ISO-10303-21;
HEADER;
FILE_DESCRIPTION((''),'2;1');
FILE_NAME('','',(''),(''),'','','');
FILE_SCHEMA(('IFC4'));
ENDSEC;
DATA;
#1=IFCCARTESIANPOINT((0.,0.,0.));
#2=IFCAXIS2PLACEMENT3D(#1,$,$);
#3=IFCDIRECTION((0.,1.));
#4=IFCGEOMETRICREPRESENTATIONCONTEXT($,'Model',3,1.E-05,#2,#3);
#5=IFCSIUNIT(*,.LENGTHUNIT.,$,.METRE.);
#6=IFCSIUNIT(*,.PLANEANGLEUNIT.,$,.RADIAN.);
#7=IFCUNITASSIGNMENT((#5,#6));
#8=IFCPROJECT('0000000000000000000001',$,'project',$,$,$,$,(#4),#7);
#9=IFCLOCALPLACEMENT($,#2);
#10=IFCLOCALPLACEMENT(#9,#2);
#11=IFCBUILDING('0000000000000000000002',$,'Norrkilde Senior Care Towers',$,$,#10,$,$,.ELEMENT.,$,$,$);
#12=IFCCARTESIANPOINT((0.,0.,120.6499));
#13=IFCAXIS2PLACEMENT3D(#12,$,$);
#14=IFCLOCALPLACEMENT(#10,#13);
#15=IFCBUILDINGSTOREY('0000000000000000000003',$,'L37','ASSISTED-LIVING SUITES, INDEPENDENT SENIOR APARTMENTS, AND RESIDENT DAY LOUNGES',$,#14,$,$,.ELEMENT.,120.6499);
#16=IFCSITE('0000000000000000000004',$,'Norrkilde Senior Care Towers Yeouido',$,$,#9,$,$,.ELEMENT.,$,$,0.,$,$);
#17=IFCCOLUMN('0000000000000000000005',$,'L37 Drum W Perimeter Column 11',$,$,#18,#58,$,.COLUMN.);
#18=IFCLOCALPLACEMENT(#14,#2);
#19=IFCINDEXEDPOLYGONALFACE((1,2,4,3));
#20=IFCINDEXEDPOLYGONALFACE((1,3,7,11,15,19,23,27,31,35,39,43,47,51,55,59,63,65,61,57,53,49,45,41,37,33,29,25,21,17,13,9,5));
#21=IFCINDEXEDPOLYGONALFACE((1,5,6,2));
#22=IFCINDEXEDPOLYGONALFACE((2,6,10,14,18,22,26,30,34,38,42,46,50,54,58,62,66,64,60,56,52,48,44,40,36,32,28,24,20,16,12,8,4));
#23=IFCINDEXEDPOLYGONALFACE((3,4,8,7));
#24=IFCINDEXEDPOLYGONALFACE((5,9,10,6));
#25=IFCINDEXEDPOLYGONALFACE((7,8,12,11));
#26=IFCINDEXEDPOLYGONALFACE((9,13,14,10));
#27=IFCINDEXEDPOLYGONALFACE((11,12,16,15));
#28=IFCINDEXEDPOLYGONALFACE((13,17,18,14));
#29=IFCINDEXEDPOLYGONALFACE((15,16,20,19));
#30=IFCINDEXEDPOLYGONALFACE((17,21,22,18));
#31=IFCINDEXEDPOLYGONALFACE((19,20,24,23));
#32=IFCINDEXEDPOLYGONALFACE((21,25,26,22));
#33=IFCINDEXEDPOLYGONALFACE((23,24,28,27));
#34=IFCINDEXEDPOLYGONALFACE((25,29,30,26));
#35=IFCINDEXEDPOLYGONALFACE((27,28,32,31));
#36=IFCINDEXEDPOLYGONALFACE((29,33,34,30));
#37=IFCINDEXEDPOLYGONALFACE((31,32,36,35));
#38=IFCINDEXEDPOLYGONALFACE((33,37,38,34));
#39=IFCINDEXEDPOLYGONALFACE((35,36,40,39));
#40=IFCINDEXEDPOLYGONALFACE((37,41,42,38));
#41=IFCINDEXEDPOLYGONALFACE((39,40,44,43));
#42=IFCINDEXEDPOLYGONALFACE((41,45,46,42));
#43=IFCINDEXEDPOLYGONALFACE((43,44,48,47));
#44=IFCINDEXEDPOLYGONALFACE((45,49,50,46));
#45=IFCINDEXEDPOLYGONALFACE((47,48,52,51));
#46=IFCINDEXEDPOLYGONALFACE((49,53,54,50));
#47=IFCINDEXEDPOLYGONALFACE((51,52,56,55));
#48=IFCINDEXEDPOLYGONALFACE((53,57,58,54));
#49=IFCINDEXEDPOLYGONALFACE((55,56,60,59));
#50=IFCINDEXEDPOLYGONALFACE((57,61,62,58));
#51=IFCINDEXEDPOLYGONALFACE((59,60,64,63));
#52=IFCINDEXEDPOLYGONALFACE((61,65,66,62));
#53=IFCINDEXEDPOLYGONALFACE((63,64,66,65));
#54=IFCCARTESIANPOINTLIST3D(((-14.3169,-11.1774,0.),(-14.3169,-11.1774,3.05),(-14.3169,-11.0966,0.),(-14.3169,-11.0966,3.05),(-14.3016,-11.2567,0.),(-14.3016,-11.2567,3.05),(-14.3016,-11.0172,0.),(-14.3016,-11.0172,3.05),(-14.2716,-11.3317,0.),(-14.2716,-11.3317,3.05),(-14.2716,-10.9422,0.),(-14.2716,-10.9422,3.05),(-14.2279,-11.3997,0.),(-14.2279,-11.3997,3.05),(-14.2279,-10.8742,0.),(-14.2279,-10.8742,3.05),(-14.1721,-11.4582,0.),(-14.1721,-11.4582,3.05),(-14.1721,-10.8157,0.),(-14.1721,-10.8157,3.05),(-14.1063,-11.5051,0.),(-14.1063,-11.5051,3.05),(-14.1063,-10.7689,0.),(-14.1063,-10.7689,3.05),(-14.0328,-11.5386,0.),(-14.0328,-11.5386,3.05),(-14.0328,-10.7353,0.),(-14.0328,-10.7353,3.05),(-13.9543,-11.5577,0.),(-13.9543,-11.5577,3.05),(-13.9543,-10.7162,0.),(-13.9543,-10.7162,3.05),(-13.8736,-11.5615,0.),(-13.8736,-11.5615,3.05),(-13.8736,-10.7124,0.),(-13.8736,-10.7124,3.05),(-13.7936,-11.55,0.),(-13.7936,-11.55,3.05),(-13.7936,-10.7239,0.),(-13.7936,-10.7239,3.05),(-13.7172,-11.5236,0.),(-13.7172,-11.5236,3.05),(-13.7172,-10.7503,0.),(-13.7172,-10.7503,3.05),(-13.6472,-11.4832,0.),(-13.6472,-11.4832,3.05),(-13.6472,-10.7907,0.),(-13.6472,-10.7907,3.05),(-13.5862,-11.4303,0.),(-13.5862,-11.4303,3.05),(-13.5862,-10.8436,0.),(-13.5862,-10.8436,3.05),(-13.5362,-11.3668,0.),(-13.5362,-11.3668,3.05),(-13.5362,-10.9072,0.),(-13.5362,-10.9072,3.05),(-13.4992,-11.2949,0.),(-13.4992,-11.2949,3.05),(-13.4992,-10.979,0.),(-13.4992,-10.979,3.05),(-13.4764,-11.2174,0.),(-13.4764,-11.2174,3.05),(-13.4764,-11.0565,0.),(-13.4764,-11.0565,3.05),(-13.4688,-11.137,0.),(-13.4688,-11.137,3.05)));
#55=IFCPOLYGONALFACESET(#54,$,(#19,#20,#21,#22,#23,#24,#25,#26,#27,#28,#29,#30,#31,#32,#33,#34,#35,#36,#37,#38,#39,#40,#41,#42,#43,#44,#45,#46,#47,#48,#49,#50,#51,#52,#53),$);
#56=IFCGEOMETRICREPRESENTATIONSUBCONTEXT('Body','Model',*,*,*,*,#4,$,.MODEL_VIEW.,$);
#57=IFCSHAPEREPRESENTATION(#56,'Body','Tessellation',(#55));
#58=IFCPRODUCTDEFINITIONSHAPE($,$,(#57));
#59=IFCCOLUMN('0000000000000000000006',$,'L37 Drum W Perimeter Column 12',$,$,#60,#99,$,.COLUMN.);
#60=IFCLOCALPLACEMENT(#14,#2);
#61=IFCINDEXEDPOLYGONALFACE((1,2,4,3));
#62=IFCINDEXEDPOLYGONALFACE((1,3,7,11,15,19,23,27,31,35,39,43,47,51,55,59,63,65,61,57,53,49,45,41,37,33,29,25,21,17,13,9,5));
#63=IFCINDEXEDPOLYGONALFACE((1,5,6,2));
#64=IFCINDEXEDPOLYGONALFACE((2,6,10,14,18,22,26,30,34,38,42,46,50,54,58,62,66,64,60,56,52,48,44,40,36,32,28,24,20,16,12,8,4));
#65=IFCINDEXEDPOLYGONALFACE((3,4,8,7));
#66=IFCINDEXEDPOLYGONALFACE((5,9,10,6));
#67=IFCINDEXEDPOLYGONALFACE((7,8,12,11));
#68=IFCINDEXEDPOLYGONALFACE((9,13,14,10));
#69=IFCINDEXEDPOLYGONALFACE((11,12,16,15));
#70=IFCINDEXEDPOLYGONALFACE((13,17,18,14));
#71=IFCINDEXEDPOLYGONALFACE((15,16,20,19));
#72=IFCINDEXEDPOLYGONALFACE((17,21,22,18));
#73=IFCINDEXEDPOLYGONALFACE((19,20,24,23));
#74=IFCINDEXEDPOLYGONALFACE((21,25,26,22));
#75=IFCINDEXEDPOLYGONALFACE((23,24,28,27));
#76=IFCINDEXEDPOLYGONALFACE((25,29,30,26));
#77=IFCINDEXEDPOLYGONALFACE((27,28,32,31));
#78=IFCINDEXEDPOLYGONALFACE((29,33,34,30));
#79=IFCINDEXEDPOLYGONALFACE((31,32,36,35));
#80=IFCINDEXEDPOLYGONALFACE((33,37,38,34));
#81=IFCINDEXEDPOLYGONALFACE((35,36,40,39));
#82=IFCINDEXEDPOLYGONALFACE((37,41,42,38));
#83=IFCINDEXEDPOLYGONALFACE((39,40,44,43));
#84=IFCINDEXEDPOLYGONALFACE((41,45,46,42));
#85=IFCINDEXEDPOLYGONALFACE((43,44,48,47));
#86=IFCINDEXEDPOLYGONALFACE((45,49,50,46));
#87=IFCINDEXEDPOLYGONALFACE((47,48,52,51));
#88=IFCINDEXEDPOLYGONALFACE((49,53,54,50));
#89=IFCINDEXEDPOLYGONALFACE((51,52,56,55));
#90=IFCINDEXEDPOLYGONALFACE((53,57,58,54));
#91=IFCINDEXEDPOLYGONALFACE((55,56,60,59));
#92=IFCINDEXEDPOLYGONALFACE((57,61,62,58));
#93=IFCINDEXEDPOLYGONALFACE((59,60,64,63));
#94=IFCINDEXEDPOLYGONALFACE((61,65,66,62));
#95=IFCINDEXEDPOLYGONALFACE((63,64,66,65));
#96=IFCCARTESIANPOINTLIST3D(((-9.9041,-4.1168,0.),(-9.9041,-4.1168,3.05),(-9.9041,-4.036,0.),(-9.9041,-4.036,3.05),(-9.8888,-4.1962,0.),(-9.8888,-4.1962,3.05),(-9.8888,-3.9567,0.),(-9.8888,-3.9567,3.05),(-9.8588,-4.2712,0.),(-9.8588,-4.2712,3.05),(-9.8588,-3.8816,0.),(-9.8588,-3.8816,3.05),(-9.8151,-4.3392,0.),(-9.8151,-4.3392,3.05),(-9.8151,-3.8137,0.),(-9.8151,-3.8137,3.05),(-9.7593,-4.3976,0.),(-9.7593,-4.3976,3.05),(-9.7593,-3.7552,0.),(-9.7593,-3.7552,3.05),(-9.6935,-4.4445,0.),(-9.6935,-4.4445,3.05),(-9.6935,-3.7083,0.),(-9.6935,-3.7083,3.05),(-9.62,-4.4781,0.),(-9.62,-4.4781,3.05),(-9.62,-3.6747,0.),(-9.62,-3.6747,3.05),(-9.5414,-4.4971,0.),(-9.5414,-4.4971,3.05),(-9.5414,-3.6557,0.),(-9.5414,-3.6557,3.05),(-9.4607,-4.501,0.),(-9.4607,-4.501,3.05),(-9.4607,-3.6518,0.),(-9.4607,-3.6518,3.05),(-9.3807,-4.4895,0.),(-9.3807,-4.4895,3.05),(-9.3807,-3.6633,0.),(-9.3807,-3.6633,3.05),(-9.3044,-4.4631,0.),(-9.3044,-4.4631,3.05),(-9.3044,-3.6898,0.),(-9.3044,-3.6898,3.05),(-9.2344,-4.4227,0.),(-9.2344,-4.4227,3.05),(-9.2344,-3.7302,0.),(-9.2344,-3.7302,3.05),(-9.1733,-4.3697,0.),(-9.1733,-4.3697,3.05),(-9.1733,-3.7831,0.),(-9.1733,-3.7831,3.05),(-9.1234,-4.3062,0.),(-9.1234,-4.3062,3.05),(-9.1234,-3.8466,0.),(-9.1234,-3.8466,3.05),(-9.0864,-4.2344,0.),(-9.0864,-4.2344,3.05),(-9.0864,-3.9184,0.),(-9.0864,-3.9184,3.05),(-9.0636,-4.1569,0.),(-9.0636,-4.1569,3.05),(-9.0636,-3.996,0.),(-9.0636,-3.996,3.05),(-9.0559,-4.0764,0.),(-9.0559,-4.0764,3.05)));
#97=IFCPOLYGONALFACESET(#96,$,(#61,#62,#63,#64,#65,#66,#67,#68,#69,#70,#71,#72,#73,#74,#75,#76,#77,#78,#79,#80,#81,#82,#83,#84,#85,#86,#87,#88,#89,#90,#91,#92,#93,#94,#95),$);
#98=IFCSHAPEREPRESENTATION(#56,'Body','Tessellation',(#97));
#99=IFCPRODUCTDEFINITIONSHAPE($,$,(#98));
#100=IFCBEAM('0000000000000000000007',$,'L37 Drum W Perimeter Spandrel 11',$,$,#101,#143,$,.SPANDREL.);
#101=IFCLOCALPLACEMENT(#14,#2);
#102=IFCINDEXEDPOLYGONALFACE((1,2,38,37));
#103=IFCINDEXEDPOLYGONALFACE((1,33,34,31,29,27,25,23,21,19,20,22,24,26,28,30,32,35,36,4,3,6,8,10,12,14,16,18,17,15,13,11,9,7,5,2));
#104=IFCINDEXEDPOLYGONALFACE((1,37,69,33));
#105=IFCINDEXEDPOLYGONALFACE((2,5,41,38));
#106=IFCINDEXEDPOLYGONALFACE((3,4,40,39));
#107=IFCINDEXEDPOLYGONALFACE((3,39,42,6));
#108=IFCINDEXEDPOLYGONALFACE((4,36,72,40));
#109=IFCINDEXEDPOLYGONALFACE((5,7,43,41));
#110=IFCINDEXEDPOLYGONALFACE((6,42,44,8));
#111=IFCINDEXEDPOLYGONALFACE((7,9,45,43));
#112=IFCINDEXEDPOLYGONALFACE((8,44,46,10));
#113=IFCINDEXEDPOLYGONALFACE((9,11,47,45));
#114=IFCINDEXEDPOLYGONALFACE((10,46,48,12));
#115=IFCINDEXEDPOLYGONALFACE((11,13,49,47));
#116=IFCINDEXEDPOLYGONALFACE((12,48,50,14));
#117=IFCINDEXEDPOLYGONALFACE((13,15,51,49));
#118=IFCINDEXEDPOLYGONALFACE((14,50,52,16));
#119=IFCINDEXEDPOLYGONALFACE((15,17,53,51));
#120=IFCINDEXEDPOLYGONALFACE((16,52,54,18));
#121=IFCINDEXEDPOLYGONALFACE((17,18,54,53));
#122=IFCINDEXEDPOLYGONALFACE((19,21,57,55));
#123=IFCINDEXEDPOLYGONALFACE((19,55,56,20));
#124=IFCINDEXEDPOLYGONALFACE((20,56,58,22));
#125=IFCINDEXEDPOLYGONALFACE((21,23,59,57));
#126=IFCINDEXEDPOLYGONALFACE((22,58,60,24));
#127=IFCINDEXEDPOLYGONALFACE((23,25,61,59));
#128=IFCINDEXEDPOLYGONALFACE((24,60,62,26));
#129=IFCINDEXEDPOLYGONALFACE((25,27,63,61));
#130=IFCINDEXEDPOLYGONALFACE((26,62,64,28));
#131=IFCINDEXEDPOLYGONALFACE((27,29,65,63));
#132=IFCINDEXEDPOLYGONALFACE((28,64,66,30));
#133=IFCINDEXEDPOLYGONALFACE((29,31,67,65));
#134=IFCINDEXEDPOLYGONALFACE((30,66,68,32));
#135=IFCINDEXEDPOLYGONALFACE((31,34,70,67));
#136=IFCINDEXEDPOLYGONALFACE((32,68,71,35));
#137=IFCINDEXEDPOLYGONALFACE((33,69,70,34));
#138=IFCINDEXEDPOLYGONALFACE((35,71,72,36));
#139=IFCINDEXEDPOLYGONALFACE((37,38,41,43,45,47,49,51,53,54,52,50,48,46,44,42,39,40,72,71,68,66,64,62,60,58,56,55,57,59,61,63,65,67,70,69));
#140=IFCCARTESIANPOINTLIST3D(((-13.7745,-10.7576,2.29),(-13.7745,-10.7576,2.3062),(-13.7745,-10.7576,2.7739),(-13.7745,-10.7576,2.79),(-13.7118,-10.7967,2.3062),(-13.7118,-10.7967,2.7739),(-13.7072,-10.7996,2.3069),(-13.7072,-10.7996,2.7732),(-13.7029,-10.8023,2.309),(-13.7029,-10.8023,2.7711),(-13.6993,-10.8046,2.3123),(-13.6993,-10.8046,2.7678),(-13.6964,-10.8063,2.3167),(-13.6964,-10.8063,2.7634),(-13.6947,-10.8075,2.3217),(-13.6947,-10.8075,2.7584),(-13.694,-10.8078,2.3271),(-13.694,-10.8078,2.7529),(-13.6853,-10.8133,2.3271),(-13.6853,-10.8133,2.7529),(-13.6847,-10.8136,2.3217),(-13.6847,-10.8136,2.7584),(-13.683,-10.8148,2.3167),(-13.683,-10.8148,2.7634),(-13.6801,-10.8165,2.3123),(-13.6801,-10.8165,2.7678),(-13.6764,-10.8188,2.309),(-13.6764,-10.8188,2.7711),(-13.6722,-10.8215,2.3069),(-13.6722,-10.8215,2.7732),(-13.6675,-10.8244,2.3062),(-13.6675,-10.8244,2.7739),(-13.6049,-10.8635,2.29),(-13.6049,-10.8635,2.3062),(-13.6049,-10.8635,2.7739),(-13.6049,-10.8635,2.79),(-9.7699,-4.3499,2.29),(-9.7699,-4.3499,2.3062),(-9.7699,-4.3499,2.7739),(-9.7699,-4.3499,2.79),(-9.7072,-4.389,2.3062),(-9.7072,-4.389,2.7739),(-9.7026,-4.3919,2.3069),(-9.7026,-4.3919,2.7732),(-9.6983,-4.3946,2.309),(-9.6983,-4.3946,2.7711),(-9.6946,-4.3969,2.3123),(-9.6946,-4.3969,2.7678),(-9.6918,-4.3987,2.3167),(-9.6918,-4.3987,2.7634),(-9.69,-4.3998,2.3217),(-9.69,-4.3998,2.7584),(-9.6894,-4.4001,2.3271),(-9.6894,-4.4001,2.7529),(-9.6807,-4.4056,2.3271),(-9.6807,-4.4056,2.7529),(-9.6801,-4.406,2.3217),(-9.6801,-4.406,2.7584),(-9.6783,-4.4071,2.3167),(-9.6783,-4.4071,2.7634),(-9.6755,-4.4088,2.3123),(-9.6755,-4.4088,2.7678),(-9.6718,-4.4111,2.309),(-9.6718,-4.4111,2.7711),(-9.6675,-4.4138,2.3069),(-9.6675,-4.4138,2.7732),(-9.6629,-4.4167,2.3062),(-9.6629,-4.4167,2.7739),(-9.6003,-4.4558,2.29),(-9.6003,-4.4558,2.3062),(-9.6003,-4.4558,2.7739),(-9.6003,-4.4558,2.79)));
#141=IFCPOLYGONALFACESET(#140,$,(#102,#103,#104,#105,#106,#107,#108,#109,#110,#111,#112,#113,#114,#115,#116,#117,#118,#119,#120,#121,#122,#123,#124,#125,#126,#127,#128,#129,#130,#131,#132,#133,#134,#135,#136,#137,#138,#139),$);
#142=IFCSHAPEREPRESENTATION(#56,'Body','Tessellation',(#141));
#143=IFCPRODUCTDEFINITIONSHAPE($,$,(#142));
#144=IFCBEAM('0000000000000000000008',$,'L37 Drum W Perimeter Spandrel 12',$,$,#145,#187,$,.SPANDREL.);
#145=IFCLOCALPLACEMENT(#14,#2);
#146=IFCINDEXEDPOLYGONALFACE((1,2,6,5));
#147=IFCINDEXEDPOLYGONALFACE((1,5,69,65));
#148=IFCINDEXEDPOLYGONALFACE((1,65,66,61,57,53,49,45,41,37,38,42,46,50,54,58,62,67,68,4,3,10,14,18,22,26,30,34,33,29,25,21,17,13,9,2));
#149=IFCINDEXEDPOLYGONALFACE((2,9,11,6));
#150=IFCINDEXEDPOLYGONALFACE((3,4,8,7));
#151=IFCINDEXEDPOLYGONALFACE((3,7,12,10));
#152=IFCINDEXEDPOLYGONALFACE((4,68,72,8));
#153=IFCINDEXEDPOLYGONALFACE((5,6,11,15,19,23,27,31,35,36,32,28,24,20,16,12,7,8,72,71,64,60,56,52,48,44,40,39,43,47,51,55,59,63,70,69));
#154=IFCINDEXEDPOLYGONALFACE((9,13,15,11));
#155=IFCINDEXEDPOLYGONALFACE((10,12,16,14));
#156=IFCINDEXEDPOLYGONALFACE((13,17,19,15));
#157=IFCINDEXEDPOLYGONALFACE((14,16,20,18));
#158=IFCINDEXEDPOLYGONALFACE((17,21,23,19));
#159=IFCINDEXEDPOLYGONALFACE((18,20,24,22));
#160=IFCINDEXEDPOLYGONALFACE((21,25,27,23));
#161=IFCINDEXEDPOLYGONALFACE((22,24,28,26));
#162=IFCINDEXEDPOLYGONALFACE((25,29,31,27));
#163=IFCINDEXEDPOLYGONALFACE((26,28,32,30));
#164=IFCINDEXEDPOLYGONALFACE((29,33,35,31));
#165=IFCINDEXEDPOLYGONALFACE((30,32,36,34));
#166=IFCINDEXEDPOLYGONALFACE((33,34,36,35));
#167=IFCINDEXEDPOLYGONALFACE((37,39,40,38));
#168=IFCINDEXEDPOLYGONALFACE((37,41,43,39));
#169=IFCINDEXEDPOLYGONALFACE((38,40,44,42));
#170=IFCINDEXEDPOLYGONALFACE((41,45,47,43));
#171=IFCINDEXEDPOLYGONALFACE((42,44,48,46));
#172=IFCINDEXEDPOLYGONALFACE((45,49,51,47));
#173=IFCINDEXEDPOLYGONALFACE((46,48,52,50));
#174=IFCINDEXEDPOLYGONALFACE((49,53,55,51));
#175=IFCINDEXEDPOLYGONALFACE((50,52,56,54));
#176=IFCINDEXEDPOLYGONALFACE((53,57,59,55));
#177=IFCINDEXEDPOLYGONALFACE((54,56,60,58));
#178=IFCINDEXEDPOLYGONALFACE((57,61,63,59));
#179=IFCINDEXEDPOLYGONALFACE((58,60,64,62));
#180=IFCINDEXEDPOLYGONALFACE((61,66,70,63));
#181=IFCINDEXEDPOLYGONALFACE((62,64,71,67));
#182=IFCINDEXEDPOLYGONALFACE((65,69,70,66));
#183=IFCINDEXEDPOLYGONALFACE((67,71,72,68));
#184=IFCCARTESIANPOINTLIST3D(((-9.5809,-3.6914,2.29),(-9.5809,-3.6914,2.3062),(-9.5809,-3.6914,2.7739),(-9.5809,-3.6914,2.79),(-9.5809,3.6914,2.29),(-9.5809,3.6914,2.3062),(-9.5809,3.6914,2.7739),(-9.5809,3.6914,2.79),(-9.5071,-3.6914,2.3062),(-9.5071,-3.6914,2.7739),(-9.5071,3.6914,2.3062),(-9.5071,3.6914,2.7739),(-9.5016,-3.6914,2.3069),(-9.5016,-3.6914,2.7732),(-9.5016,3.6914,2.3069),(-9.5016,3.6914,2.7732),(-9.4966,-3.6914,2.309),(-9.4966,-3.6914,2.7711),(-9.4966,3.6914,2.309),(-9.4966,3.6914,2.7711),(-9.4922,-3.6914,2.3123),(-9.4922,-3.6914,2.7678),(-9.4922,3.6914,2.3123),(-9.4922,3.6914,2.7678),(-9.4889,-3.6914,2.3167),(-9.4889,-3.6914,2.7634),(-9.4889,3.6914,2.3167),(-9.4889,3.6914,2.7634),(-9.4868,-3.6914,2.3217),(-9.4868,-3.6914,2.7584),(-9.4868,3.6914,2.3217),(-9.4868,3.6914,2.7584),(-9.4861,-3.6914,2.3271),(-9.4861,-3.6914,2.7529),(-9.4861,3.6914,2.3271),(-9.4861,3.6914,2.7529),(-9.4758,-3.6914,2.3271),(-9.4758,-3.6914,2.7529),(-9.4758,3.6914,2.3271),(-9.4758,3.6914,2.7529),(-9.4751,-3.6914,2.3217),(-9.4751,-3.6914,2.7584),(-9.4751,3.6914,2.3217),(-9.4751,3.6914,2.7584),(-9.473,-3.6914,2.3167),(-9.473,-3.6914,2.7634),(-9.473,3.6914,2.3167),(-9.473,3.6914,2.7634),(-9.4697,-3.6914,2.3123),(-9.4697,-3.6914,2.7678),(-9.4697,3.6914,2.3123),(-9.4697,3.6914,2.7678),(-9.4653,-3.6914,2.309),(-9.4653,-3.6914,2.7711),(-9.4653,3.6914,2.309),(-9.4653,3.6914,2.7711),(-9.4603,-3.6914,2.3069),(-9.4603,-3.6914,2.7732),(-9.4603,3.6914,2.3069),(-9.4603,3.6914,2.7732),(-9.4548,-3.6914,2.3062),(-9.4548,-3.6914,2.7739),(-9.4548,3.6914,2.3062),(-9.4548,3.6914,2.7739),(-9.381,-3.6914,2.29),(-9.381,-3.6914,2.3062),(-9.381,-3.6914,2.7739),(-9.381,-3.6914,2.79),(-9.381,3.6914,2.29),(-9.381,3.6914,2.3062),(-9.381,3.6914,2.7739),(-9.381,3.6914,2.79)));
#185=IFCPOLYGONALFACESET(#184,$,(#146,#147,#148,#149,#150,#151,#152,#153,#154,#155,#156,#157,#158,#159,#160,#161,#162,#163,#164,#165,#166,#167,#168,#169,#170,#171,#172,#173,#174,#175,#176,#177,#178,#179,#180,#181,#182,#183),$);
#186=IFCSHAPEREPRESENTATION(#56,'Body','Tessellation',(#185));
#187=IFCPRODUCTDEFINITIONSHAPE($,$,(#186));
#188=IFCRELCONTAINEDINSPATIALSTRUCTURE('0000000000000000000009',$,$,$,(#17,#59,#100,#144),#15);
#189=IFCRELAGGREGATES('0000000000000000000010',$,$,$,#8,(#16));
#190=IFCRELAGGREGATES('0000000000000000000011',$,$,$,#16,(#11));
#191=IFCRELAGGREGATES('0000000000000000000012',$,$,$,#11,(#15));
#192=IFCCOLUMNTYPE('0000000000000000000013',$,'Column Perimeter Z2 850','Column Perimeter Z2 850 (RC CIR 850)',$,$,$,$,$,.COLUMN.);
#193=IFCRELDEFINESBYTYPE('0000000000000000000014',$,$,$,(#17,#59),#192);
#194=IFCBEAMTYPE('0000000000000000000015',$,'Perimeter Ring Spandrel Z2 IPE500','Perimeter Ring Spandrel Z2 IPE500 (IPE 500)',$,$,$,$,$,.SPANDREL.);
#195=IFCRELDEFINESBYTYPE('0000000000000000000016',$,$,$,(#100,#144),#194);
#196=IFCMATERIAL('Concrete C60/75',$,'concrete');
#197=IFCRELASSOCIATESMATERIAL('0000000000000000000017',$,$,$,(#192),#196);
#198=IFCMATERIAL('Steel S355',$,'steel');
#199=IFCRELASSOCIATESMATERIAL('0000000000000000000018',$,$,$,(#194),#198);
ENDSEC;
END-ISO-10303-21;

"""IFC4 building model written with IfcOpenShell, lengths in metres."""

from ifc_helpers import new_model, si_unit, direction, frame, origin, origin_2d, place, context, subcontext, project, spatial, circle, i_section, extrude, source, transform, mapped, material, material_profile, profile_set, type_object, type_shapes, element, save


model = new_model("IFC4")

# Units and contexts
model_context = context("Model", 3, precision=1e-05, world=origin(), true_north=direction((0.0, 1.0)))
body_context = subcontext(model_context, "Body", "Model", "MODEL_VIEW")
ifc_project = project(units=[si_unit("LENGTHUNIT", "METRE"), si_unit("PLANEANGLEUNIT", "RADIAN")], contexts=[model_context])

# Site, building, storey
site_placement = place(None, origin())
site = spatial("IfcSite", under=ifc_project, at=site_placement, Name="Norrkilde Senior Care Towers Yeouido", CompositionType="ELEMENT", RefElevation=0.0)
building_placement = place(site_placement, origin())
building = spatial("IfcBuilding", under=site, at=building_placement, Name="Norrkilde Senior Care Towers", CompositionType="ELEMENT")
storey_placement = place(building_placement, frame((0.0, 0.0, 120.6499)))
storey = spatial("IfcBuildingStorey", under=building, at=storey_placement, Name="L37", Description="ASSISTED-LIVING SUITES, INDEPENDENT SENIOR APARTMENTS, AND RESIDENT DAY LOUNGES", CompositionType="ELEMENT", Elevation=120.6499)

# Columns
ifc_material_1 = material(Name="Concrete C60/75", Category="concrete")
ifc_material_profile_1 = material_profile(ifc_material_1, circle(Radius=0.425, at=origin_2d()), Name="RC CIR 850")
ifc_profile_set_1 = profile_set([ifc_material_profile_1], Name="Concrete C60/75")
column_type = type_object("IfcColumnType", Name="Column Perimeter Z2 850", Description="Column Perimeter Z2 850 (RC CIR 850)", PredefinedType="COLUMN", material=ifc_profile_set_1)
shared_shape_1 = source(origin(), body_context, "Body", "SweptSolid", [
    extrude(circle(Radius=0.425, at=origin_2d()), origin(), (0.0, 0.0, 1.0), 3.05),
])
type_shapes(column_type, [shared_shape_1])
for number, where, z_axis, x_axis, name in (
    (1, (-13.8938, -11.137, 0.0), (0.0, 0.0, 1.0), (1.0, 0.0, 0.0), "L37 Drum W Perimeter Column 11"),
    (2, (-9.481, -4.0764, 0.0), (0.0, 0.0, 1.0), (1.0, 0.0, 0.0), "L37 Drum W Perimeter Column 12"),
):
    element("IfcColumn", number, at=place(storey_placement, frame(where, z_axis=z_axis, x_axis=x_axis)), inside=storey, type_object=column_type, Name=name, PredefinedType="COLUMN", context=body_context, shape_type="MappedRepresentation", body=[
        mapped(shared_shape_1, transform((0.0, 0.0, 0.0), x_axis=(1.0, 0.0, 0.0), y_axis=(0.0, 1.0, 0.0), z_axis=(0.0, 0.0, 1.0), scale=1.0)),
    ])

# Beams
ifc_material_2 = material(Name="Steel S355", Category="steel")
ifc_material_profile_2 = material_profile(ifc_material_2, i_section(OverallWidth=0.2, OverallDepth=0.5, WebThickness=0.0103, FlangeThickness=0.0161, FilletRadius=0.021, at=origin_2d()), Name="IPE 500")
ifc_profile_set_2 = profile_set([ifc_material_profile_2], Name="Steel S355")
beam_type_1 = type_object("IfcBeamType", Name="Perimeter Ring Spandrel Z2 IPE500", Description="Perimeter Ring Spandrel Z2 IPE500 (IPE 500)", PredefinedType="SPANDREL", material=ifc_profile_set_2)
shared_shape_2 = source(origin(), body_context, "Body", "SweptSolid", [
    extrude(i_section(OverallWidth=0.2, OverallDepth=0.5, WebThickness=0.0103, FlangeThickness=0.0161, FilletRadius=0.021, at=origin_2d()), origin(), (0.0, 0.0, 1.0), 7.5562),
])
beam_1_placement = place(storey_placement, frame((-13.6897, -10.8105, 2.54), z_axis=(0.529982, 0.848009, 0.0), x_axis=(-0.848009, 0.529982, 0.0)))
element("IfcBeam", 3, at=beam_1_placement, inside=storey, type_object=beam_type_1, Name="L37 Drum W Perimeter Spandrel 11", PredefinedType="SPANDREL", context=body_context, shape_type="MappedRepresentation", body=[
    mapped(shared_shape_2, transform((0.0, 0.0, 0.0), x_axis=(1.0, 0.0, 0.0), y_axis=(0.0, 1.0, 0.0), z_axis=(0.0, 0.0, 1.0), scale=1.0)),
])
shared_shape_3 = source(origin(), body_context, "Body", "SweptSolid", [
    extrude(i_section(OverallWidth=0.2, OverallDepth=0.5, WebThickness=0.0103, FlangeThickness=0.0161, FilletRadius=0.021, at=origin_2d()), origin(), (0.0, 0.0, 1.0), 7.3828),
])
type_shapes(beam_type_1, [shared_shape_2, shared_shape_3])
beam_2_placement = place(storey_placement, frame((-9.481, -3.6914, 2.54), z_axis=(0.0, 1.0, 0.0), x_axis=(-1.0, 0.0, 0.0)))
element("IfcBeam", 4, at=beam_2_placement, inside=storey, type_object=beam_type_1, Name="L37 Drum W Perimeter Spandrel 12", PredefinedType="SPANDREL", context=body_context, shape_type="MappedRepresentation", body=[
    mapped(shared_shape_3, transform((0.0, 0.0, 0.0), x_axis=(1.0, 0.0, 0.0), y_axis=(0.0, 1.0, 0.0), z_axis=(0.0, 0.0, 1.0), scale=1.0)),
])

save(model, "model.ifc")
